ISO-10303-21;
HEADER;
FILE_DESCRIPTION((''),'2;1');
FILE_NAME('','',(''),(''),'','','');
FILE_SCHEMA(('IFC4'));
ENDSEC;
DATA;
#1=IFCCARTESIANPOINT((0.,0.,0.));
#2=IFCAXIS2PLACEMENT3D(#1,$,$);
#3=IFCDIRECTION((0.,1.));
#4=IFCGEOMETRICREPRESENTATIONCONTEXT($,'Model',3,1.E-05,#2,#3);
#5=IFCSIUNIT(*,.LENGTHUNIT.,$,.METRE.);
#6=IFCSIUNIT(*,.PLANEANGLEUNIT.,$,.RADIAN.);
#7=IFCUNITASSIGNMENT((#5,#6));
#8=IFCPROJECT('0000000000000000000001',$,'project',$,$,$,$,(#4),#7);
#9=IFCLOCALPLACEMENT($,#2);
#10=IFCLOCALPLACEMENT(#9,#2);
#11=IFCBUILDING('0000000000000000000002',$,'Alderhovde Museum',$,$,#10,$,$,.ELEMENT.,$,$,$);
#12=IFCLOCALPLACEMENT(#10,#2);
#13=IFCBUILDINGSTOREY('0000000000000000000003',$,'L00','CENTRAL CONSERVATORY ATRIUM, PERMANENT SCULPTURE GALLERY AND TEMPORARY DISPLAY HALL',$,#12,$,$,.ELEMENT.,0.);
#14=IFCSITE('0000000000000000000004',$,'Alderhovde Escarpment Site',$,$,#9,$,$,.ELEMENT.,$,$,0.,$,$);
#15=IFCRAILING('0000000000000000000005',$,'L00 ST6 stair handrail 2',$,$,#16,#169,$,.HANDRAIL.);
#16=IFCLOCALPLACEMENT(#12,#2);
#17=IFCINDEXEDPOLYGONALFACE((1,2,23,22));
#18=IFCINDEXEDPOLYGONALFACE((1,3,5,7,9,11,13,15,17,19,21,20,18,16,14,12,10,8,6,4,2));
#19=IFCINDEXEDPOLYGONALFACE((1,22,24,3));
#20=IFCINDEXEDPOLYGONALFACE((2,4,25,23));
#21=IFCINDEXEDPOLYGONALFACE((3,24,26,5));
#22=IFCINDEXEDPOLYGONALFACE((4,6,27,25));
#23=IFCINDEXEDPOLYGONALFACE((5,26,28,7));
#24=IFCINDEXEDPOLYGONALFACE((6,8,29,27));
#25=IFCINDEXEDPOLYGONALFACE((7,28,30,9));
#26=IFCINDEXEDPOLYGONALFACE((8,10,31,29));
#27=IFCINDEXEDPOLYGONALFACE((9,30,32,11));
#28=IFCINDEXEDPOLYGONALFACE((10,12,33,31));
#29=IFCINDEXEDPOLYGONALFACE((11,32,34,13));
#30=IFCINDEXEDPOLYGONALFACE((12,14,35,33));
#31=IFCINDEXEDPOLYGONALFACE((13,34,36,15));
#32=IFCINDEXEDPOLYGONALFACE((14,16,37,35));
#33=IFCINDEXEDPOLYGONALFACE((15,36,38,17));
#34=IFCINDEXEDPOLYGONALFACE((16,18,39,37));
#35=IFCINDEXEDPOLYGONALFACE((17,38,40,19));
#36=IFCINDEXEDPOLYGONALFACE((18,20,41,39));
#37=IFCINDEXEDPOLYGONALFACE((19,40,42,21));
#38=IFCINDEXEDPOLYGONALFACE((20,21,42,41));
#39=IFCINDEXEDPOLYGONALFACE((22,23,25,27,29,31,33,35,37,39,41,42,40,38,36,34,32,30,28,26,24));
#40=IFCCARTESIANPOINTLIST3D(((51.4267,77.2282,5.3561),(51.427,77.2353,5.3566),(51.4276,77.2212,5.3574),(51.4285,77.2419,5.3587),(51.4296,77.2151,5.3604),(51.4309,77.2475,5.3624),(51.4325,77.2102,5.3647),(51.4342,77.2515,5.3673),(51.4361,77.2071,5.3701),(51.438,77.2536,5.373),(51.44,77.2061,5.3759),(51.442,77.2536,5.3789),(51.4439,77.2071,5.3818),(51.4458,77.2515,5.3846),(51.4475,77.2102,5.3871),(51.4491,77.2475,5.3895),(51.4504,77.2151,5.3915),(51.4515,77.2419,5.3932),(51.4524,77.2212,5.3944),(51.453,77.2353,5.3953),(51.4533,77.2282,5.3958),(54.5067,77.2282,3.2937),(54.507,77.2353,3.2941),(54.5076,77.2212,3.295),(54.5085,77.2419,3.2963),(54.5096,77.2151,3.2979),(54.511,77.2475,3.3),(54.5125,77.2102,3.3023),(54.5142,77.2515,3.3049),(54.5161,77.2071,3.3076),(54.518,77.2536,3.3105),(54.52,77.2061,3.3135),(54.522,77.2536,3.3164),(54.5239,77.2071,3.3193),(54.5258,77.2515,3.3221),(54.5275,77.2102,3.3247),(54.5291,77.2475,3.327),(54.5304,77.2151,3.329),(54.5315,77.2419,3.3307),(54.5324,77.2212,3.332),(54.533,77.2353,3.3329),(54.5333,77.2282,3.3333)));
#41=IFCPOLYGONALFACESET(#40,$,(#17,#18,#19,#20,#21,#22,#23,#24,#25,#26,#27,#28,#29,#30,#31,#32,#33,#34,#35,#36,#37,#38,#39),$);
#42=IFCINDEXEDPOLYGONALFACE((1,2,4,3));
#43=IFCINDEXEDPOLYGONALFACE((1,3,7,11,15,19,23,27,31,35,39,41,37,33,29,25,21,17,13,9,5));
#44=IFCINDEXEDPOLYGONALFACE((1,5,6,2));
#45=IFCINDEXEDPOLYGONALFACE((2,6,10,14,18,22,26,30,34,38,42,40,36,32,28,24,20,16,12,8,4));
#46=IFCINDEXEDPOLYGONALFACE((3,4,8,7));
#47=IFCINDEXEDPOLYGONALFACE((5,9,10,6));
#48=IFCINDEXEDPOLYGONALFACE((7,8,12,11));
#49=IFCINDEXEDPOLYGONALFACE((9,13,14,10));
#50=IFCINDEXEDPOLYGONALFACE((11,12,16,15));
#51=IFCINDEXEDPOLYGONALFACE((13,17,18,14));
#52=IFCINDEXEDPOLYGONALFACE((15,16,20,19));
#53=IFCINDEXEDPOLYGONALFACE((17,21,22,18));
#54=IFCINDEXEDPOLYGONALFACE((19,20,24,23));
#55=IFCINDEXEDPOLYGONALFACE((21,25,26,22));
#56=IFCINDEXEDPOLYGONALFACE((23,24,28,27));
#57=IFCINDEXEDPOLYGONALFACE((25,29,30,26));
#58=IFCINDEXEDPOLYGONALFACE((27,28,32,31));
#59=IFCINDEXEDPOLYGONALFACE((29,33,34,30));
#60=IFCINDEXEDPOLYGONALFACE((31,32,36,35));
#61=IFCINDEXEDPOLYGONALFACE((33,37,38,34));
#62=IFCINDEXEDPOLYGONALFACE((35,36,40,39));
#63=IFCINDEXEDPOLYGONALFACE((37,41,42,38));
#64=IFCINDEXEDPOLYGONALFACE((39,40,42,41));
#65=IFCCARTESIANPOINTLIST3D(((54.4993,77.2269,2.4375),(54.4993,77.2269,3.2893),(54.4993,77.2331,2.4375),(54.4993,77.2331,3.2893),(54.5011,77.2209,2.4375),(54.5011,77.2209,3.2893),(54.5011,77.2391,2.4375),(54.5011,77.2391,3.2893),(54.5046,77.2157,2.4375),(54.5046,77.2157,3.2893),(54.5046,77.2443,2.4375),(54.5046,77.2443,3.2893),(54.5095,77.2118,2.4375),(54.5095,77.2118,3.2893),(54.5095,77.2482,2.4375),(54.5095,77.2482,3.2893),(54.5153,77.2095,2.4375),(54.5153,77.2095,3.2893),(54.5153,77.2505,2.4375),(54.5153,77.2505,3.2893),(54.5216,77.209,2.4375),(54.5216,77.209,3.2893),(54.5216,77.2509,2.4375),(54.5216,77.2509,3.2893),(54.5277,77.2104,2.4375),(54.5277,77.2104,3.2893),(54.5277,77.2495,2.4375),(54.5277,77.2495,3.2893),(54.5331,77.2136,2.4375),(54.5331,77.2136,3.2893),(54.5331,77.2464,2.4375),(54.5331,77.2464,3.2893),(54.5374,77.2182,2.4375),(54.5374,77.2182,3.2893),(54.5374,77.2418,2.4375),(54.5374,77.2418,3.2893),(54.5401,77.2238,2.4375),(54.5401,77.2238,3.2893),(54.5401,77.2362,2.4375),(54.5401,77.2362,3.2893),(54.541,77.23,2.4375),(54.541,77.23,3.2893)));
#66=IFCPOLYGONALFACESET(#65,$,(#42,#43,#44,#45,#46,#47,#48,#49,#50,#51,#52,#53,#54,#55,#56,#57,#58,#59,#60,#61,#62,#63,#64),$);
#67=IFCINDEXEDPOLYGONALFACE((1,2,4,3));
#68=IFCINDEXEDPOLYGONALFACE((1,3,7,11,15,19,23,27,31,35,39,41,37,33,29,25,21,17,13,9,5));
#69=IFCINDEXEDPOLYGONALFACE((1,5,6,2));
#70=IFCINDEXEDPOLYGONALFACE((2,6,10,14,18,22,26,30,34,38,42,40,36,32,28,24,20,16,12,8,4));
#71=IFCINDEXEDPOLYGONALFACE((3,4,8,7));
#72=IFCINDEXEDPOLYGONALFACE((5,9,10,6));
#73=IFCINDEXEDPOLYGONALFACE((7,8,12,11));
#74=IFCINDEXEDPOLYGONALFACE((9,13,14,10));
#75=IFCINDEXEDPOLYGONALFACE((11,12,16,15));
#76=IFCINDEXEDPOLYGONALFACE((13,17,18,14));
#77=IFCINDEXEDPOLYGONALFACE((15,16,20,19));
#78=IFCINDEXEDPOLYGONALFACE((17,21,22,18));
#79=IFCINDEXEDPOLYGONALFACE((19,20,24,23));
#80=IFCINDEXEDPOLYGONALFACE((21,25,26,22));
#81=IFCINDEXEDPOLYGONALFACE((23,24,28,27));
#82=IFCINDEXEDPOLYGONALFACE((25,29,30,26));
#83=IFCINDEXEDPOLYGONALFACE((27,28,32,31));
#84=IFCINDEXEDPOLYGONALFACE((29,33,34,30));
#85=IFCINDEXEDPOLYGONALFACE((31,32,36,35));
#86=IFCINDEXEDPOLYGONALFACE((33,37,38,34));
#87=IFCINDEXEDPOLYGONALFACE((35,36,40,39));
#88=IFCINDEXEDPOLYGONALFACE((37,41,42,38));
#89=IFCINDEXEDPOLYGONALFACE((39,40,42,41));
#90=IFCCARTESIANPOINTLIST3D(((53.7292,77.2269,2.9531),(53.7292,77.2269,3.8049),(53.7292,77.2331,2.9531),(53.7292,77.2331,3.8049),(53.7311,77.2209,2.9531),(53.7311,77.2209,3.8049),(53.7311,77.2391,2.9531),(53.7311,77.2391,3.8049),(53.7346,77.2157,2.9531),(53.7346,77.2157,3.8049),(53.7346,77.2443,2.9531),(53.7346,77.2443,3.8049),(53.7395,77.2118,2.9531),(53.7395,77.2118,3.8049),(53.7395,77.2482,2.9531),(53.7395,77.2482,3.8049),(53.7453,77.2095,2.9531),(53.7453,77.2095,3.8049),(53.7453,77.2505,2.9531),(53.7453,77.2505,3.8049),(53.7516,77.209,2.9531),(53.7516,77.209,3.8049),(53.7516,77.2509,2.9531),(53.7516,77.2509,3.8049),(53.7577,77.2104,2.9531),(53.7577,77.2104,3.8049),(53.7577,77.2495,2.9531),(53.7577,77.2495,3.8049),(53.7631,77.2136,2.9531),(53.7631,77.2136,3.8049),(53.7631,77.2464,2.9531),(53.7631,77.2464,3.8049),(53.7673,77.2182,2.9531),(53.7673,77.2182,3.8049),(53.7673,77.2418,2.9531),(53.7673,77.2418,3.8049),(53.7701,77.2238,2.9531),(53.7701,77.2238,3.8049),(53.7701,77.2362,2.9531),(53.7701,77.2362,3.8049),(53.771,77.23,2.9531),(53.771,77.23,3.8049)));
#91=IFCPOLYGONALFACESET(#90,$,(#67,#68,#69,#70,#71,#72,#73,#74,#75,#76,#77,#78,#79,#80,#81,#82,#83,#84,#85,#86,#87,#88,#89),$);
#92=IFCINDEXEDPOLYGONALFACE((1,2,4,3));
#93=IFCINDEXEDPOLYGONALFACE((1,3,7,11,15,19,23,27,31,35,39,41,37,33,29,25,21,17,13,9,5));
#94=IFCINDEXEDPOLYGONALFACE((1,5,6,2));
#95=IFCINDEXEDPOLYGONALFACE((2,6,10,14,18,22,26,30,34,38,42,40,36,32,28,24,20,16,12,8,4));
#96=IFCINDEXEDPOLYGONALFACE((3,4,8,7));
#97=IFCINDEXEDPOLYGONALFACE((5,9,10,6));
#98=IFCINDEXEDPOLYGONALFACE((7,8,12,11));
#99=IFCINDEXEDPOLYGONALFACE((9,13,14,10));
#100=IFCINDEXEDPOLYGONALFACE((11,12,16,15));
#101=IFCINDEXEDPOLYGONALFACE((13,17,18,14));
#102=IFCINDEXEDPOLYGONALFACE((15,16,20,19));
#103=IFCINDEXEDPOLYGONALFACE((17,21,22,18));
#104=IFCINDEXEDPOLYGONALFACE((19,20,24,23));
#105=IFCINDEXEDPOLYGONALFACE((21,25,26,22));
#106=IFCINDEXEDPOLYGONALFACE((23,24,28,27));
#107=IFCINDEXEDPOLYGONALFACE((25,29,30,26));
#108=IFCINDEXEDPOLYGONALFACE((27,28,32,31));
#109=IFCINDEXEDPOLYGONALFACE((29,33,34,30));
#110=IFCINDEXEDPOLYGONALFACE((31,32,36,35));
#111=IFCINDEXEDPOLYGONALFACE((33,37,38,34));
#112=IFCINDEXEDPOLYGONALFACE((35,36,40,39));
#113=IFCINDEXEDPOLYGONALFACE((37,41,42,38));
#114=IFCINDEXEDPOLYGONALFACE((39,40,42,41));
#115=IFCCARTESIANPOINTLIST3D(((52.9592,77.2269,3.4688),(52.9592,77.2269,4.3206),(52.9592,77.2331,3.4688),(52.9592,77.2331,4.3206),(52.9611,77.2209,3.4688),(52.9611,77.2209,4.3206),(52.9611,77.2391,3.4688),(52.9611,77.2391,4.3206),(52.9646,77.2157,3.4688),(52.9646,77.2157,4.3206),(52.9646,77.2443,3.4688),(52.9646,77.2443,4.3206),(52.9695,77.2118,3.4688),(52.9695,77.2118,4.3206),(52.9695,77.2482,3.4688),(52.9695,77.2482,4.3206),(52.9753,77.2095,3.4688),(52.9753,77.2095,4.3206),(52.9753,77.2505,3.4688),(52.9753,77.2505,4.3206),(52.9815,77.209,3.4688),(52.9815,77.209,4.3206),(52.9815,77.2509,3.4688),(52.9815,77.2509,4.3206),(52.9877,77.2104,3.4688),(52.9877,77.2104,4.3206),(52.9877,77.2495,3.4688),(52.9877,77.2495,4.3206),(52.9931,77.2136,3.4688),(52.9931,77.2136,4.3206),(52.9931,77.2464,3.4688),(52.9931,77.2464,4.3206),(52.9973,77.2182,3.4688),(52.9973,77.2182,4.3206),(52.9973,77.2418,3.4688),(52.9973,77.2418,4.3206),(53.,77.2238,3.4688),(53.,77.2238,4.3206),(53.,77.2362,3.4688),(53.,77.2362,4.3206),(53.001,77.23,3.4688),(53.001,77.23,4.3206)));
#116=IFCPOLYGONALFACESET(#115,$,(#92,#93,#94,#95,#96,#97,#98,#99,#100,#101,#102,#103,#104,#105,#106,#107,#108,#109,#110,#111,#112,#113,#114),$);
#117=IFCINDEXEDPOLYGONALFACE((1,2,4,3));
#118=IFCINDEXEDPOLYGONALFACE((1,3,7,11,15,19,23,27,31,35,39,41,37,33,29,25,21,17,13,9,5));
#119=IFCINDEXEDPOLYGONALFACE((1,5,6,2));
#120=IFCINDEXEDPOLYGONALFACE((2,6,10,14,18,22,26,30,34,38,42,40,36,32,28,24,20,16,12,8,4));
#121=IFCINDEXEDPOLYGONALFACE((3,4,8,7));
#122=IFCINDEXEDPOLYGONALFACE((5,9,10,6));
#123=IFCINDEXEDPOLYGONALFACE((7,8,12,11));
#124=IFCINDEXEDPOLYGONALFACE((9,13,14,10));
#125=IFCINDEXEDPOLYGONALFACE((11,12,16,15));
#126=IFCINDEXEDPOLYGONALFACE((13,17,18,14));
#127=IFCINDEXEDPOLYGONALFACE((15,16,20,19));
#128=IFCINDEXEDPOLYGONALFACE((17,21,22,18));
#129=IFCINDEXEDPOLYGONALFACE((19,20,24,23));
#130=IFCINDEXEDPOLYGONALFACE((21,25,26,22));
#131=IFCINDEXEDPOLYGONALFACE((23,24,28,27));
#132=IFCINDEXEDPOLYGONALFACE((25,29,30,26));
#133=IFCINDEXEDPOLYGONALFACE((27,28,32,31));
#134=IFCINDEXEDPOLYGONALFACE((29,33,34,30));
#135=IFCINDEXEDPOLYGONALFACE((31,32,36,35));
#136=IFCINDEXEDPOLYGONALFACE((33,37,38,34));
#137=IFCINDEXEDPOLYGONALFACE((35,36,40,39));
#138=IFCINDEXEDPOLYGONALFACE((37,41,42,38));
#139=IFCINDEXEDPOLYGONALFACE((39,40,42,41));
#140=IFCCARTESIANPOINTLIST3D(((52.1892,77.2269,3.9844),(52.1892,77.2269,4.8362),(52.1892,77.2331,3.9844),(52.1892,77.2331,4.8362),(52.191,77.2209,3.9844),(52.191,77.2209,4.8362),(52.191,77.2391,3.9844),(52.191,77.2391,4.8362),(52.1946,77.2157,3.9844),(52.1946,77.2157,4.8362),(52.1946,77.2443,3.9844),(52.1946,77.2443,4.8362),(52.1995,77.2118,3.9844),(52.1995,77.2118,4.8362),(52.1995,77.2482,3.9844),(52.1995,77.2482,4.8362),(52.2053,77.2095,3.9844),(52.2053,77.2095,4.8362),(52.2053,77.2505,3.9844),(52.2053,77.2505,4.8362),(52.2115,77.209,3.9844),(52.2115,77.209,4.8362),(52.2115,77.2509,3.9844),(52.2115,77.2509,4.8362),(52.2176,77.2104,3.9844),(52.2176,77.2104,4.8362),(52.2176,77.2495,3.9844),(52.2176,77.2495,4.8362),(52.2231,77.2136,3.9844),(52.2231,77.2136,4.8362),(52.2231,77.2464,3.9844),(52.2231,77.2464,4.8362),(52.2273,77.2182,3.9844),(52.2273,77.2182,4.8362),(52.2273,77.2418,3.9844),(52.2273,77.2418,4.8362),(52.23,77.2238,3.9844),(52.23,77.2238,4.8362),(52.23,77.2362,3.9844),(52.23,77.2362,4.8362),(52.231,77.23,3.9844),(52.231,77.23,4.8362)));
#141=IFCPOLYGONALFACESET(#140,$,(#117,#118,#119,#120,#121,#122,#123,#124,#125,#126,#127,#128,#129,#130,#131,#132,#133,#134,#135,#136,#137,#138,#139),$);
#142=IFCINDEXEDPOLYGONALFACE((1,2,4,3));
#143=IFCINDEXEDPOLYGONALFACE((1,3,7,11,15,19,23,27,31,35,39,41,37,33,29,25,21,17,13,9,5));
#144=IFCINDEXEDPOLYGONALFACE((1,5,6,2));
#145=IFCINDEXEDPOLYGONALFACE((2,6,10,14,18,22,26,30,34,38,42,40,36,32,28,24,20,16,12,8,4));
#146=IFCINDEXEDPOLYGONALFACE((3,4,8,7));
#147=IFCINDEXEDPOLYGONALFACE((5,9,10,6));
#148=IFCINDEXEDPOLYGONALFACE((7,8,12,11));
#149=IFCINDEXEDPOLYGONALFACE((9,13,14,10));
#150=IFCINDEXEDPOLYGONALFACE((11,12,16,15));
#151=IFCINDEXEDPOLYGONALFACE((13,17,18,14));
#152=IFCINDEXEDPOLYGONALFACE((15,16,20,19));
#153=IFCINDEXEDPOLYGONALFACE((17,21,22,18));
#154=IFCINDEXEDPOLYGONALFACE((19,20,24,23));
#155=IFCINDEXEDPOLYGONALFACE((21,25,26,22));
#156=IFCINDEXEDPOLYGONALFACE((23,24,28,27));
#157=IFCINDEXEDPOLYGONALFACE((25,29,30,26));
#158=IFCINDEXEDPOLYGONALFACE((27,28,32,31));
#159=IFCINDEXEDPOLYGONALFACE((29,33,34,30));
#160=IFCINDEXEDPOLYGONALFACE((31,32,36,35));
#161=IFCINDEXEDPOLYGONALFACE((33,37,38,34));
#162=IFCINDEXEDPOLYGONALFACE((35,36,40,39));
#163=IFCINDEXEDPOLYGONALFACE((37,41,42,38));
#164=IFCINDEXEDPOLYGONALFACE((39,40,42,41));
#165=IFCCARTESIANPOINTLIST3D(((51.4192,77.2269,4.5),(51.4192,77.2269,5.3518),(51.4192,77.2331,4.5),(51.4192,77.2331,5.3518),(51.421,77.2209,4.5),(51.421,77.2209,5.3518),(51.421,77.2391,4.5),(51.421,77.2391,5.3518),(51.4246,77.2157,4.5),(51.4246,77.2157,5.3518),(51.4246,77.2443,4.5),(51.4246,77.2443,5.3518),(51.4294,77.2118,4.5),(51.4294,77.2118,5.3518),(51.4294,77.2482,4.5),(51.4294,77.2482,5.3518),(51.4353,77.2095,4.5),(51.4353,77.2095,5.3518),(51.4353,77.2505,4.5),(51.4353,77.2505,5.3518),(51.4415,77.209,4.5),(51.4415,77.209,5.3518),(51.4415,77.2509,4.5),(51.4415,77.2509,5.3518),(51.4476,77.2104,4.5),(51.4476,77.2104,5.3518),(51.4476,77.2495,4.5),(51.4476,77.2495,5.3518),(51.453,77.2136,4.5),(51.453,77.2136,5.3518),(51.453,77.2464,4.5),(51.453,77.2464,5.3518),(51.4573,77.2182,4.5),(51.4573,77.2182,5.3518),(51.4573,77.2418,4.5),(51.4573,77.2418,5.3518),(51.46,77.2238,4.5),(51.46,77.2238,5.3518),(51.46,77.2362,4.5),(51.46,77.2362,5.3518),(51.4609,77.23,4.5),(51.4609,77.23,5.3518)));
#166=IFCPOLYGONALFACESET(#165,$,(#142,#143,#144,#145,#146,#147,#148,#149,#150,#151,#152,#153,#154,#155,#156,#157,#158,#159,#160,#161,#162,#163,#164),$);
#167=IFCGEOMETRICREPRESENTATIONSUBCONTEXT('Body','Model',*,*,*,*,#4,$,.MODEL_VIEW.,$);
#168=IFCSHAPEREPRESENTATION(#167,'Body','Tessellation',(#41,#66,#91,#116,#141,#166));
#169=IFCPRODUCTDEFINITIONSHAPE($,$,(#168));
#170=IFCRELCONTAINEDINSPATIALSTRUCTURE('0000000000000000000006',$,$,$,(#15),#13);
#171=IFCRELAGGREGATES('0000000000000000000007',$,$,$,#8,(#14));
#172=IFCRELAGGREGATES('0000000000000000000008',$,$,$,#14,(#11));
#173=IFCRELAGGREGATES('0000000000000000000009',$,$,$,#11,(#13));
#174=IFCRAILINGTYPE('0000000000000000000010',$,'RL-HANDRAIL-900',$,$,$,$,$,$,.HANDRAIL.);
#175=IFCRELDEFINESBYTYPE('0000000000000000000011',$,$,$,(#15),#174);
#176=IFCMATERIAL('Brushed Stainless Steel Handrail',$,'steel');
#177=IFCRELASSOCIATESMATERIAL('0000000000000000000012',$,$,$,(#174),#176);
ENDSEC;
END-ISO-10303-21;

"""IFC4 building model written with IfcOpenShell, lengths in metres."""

from ifc_helpers import new_model, si_unit, direction, frame, origin, origin_2d, place, context, subcontext, project, spatial, circle, extrude, material, type_object, element, save


model = new_model("IFC4")

# Units and contexts
model_context = context("Model", 3, precision=1e-05, world=origin(), true_north=direction((0.0, 1.0)))
body_context = subcontext(model_context, "Body", "Model", "MODEL_VIEW")
ifc_project = project(units=[si_unit("LENGTHUNIT", "METRE"), si_unit("PLANEANGLEUNIT", "RADIAN")], contexts=[model_context])

# Site, building, storey
site_placement = place(None, origin())
site = spatial("IfcSite", under=ifc_project, at=site_placement, Name="Alderhovde Escarpment Site", CompositionType="ELEMENT", RefElevation=0.0)
building_placement = place(site_placement, origin())
building = spatial("IfcBuilding", under=site, at=building_placement, Name="Alderhovde Museum", CompositionType="ELEMENT")
storey_placement = place(building_placement, origin())
storey = spatial("IfcBuildingStorey", under=building, at=storey_placement, Name="L00", Description="CENTRAL CONSERVATORY ATRIUM, PERMANENT SCULPTURE GALLERY AND TEMPORARY DISPLAY HALL", CompositionType="ELEMENT", Elevation=0.0)

# Railing
ifc_material_1 = material(Name="Brushed Stainless Steel Handrail", Category="steel")
railing_type_1 = type_object("IfcRailingType", Name="RL-HANDRAIL-900", PredefinedType="HANDRAIL", material=ifc_material_1)
railing_1_placement = place(storey_placement, frame((54.52, 77.23, 2.4375)))
element("IfcRailing", 1, at=railing_1_placement, inside=storey, type_object=railing_type_1, Name="L00 ST6 stair handrail 2", PredefinedType="HANDRAIL", context=body_context, shape_type="SweptSolid", body=[
    extrude(circle(Radius=0.0239, at=origin_2d()), frame((0.0, 0.0, 0.876), z_axis=(-0.830914, 0.0, 0.556401), x_axis=(0.0, -1.0, 0.0)), (0.0, 0.0, 1.0), 3.7068),
    extrude(circle(Radius=0.021, at=origin_2d()), origin(), (0.0, 0.0, 1.0), 0.8518),
    extrude(circle(Radius=0.021, at=origin_2d()), frame((-0.77, 0.0, 0.5156)), (0.0, 0.0, 1.0), 0.8518),
    extrude(circle(Radius=0.021, at=origin_2d()), frame((-1.54, 0.0, 1.0312)), (0.0, 0.0, 1.0), 0.8518),
    extrude(circle(Radius=0.021, at=origin_2d()), frame((-2.3101, 0.0, 1.5469)), (0.0, 0.0, 1.0), 0.8518),
    extrude(circle(Radius=0.021, at=origin_2d()), frame((-3.0801, 0.0, 2.0625)), (0.0, 0.0, 1.0), 0.8518),
])

save(model, "model.ifc")
